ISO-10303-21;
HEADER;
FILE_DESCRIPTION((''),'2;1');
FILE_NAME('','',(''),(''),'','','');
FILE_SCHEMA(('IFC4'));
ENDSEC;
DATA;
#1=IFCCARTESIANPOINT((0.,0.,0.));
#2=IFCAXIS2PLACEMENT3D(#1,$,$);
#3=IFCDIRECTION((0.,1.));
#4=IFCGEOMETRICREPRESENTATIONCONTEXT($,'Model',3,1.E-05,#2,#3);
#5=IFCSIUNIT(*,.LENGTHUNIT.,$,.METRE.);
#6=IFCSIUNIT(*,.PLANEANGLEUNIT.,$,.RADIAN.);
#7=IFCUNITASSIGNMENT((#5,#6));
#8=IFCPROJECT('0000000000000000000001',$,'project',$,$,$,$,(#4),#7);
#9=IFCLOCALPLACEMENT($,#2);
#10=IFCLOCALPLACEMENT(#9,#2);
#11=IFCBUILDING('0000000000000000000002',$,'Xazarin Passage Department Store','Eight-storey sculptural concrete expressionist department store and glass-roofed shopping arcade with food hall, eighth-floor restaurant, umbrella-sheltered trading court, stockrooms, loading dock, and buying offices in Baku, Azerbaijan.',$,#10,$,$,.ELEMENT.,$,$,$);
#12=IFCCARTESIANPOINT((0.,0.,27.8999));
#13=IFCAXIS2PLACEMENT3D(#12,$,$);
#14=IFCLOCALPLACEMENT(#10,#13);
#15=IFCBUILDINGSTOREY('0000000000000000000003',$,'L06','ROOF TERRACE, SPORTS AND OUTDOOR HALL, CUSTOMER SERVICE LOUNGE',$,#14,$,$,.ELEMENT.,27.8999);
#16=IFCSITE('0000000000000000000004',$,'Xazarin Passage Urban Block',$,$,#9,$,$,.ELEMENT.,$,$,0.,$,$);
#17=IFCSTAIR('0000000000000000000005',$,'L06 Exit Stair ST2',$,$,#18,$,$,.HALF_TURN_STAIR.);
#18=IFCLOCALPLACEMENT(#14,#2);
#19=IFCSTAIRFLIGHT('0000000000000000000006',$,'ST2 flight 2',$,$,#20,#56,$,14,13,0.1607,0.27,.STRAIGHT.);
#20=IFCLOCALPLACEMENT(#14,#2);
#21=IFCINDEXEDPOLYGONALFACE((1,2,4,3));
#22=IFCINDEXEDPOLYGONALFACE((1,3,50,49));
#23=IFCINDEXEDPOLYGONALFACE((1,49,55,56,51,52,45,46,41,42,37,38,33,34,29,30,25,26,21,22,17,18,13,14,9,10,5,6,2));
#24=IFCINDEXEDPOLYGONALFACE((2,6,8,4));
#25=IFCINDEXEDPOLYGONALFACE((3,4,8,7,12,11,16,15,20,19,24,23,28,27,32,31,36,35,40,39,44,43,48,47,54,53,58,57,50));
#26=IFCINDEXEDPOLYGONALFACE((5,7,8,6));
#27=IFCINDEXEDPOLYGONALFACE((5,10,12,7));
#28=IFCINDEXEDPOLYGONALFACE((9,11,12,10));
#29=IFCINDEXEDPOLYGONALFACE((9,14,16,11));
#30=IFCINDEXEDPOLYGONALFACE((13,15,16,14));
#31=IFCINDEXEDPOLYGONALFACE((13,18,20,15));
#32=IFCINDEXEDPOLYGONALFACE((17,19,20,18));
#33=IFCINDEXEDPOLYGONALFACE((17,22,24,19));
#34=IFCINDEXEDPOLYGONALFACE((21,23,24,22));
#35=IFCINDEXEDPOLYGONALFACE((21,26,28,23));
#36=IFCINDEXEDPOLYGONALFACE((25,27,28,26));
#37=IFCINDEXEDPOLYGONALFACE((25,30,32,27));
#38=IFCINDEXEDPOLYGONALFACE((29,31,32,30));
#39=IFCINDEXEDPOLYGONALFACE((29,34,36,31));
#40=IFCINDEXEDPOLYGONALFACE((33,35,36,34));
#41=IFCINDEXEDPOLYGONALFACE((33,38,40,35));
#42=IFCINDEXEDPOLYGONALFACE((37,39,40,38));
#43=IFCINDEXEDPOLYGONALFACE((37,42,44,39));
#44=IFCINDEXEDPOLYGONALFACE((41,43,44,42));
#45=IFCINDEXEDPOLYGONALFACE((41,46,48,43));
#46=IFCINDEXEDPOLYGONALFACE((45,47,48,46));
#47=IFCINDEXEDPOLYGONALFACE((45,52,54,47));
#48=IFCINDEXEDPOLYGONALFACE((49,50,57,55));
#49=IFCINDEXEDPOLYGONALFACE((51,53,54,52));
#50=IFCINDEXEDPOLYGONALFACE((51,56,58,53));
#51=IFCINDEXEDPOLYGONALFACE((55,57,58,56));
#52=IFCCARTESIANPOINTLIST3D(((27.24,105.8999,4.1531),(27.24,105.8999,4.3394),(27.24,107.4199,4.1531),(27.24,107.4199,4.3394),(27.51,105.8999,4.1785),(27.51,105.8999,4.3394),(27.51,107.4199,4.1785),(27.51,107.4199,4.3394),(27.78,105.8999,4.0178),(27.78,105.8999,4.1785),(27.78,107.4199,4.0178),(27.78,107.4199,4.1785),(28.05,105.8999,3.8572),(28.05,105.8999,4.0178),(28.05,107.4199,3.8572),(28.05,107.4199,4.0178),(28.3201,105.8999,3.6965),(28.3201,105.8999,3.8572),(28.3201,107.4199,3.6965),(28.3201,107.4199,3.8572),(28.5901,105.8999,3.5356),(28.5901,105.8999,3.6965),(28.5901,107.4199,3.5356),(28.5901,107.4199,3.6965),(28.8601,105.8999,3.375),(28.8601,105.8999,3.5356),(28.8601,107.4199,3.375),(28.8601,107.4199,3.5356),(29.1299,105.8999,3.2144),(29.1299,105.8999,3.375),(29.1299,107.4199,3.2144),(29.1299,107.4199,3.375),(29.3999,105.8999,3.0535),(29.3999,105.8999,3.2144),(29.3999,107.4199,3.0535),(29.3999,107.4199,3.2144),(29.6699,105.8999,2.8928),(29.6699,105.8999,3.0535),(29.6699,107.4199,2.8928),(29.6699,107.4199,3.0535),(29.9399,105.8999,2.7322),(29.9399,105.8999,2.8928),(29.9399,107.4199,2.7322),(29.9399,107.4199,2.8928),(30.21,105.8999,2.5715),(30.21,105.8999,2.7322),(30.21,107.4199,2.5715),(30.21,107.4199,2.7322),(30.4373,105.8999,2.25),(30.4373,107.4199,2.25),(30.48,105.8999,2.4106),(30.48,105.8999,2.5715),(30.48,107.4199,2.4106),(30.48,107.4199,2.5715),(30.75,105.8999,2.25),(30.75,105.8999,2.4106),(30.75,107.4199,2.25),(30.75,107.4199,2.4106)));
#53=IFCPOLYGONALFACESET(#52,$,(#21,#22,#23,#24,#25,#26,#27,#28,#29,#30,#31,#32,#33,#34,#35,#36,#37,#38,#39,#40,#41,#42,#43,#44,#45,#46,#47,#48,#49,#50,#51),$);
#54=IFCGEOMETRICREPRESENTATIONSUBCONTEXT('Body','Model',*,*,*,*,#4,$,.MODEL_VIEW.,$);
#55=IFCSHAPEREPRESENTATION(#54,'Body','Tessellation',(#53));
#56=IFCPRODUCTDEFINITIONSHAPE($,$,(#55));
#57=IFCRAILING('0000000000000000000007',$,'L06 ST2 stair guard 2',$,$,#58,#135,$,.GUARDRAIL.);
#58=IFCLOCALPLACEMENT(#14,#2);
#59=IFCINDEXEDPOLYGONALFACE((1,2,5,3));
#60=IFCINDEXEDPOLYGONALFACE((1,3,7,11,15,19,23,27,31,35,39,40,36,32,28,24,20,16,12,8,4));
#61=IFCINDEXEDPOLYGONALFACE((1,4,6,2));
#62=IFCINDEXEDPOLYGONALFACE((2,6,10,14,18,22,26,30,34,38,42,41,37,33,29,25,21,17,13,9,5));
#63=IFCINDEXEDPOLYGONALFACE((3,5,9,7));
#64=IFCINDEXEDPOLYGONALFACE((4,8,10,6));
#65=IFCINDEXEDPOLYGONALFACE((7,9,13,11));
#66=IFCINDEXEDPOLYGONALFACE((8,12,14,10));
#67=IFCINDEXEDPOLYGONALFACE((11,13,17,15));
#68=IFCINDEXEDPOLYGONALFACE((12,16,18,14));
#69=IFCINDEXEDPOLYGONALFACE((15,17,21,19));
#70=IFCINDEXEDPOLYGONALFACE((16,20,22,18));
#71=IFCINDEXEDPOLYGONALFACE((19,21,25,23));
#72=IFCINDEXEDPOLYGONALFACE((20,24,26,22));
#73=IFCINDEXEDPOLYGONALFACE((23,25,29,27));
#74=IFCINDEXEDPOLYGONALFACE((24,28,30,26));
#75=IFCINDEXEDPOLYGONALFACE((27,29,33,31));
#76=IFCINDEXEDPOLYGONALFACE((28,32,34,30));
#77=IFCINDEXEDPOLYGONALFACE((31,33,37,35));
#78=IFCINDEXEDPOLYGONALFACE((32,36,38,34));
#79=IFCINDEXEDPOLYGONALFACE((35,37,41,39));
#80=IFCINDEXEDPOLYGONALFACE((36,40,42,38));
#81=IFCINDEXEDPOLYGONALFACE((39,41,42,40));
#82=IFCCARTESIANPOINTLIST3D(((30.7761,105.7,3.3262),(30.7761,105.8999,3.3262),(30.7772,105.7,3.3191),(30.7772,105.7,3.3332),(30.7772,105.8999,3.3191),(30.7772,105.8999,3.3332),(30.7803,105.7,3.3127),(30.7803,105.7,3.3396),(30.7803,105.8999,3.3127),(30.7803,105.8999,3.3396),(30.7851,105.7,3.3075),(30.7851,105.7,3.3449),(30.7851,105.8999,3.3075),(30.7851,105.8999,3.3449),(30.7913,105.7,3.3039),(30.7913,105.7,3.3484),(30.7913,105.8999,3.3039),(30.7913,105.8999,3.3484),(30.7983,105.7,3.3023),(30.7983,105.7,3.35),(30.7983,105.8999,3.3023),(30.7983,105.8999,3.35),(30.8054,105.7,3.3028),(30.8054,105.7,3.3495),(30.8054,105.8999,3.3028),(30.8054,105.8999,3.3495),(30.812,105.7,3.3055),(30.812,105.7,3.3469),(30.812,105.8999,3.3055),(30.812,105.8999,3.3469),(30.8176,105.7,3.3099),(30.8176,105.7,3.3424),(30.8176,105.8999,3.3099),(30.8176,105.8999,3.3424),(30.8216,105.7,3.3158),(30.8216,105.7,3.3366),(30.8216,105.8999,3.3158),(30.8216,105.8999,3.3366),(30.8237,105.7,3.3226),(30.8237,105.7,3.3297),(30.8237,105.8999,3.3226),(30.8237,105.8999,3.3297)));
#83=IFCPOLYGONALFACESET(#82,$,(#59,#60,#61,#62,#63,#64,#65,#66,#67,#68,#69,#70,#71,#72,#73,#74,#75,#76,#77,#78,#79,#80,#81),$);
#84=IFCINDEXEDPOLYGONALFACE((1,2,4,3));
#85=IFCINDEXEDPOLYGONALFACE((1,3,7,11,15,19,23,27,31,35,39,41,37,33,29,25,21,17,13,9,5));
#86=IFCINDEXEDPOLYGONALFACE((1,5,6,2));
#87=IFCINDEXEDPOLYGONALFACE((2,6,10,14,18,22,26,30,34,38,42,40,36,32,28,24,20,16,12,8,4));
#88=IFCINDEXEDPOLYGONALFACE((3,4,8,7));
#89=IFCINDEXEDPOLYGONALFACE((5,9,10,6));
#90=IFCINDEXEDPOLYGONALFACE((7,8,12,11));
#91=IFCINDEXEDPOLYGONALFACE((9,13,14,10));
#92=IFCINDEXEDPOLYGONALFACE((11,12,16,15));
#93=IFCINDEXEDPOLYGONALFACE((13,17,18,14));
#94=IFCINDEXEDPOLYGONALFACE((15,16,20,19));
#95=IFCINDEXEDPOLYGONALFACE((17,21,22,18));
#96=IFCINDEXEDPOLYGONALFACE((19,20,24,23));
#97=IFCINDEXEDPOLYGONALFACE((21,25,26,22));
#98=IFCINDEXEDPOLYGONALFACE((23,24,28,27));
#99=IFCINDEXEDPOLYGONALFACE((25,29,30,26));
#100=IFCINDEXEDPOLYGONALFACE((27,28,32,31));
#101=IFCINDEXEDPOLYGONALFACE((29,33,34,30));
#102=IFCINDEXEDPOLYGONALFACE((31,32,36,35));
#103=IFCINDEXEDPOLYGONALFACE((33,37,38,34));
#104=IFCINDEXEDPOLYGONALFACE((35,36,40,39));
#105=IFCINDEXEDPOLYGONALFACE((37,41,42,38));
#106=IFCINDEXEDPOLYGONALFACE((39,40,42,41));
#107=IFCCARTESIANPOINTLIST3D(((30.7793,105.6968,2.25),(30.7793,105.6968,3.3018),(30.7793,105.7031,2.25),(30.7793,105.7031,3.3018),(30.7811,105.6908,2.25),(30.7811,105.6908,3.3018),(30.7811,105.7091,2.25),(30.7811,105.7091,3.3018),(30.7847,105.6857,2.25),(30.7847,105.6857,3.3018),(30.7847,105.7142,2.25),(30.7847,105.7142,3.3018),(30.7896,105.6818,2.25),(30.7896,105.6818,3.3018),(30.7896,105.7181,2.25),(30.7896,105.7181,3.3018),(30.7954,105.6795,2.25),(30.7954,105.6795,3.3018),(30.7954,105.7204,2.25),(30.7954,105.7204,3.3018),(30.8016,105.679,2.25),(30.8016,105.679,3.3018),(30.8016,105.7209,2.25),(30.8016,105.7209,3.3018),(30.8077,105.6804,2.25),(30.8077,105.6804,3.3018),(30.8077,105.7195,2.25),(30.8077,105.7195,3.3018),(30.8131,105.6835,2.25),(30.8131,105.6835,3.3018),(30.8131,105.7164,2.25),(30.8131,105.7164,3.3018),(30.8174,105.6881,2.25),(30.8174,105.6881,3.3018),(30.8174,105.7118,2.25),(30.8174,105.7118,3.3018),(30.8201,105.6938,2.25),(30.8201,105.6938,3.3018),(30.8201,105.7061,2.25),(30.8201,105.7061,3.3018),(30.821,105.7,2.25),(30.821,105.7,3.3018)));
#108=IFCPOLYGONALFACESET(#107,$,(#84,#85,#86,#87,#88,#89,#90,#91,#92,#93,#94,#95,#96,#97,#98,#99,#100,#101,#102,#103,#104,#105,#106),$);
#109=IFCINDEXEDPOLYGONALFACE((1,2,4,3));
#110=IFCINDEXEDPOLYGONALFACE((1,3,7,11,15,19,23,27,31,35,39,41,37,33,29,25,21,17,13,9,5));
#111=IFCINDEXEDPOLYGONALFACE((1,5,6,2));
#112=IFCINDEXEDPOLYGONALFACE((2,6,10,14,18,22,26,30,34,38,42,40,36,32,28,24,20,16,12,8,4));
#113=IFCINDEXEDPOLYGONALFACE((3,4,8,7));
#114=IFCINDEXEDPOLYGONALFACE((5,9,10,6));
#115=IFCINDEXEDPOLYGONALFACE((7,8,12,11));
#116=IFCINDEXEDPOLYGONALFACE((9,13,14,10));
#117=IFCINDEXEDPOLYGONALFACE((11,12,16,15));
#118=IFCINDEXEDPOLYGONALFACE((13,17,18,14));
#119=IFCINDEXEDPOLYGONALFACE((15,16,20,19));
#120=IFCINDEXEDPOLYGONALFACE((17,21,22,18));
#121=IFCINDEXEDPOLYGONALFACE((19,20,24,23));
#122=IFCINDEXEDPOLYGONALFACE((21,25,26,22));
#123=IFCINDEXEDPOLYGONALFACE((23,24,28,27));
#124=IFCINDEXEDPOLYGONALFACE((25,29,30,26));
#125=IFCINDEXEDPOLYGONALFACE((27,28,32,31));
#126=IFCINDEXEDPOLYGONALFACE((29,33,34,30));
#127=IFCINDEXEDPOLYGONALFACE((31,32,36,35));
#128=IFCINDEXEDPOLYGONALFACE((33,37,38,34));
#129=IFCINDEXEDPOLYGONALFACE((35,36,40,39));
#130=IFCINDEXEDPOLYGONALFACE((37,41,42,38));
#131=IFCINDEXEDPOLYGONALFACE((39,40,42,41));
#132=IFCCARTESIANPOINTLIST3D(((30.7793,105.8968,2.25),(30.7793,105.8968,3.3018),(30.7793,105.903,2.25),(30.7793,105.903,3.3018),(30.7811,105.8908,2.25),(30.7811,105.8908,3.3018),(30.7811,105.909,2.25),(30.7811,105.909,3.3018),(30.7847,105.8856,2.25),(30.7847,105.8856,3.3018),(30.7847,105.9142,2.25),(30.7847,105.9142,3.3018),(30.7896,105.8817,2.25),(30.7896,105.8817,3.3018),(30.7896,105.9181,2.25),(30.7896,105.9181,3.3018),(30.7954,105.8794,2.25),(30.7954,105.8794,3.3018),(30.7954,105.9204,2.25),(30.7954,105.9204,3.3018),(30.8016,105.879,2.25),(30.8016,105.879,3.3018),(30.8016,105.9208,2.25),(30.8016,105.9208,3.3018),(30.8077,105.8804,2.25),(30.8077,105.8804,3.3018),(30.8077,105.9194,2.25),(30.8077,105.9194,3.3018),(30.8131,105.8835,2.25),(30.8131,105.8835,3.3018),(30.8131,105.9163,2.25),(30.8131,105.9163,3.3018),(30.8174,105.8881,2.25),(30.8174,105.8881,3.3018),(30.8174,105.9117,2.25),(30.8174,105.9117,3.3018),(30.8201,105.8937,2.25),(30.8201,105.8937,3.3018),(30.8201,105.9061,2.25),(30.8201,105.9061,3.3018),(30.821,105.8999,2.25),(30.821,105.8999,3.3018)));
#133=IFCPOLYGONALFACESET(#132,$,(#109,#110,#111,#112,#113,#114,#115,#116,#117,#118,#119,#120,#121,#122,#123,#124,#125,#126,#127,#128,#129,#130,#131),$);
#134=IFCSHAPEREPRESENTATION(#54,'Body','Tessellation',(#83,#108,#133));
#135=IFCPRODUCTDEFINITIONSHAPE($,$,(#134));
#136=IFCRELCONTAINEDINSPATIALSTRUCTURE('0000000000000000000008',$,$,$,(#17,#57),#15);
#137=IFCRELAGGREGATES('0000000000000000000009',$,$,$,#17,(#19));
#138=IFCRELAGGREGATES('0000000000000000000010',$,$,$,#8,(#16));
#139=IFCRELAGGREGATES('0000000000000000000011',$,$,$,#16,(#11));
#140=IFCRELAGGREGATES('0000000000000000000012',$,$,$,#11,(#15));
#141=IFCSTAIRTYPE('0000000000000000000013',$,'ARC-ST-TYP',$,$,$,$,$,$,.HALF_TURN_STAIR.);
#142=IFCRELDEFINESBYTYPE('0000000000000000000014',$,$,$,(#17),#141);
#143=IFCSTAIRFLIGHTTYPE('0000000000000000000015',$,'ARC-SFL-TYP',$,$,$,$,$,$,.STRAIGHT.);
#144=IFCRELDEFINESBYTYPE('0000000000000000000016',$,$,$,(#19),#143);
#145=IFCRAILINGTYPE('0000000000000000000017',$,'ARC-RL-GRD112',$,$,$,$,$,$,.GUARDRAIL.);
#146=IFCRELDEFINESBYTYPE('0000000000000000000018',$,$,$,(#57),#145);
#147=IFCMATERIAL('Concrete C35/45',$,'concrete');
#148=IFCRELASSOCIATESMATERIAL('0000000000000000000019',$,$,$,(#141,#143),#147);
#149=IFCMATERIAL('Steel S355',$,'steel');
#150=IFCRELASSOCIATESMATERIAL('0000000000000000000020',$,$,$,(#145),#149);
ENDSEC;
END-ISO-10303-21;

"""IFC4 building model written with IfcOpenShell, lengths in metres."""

from ifc_helpers import new_model, si_unit, direction, frame, origin, origin_2d, place, context, subcontext, project, spatial, polyline, circle, outline, extrude, material, type_object, element, aggregate, save


model = new_model("IFC4")

# Units and contexts
model_context = context("Model", 3, precision=1e-05, world=origin(), true_north=direction((0.0, 1.0)))
body_context = subcontext(model_context, "Body", "Model", "MODEL_VIEW")
ifc_project = project(units=[si_unit("LENGTHUNIT", "METRE"), si_unit("PLANEANGLEUNIT", "RADIAN")], contexts=[model_context])

# Site, building, storey
site_placement = place(None, origin())
site = spatial("IfcSite", under=ifc_project, at=site_placement, Name="Xazarin Passage Urban Block", CompositionType="ELEMENT", RefElevation=0.0)
building_placement = place(site_placement, origin())
building = spatial("IfcBuilding", under=site, at=building_placement, Name="Xazarin Passage Department Store", Description="Eight-storey sculptural concrete expressionist department store and glass-roofed shopping arcade with food hall, eighth-floor restaurant, umbrella-sheltered trading court, stockrooms, loading dock, and buying offices in Baku, Azerbaijan.", CompositionType="ELEMENT")
storey_placement = place(building_placement, frame((0.0, 0.0, 27.8999)))
storey = spatial("IfcBuildingStorey", under=building, at=storey_placement, Name="L06", Description="ROOF TERRACE, SPORTS AND OUTDOOR HALL, CUSTOMER SERVICE LOUNGE", CompositionType="ELEMENT", Elevation=27.8999)

# Shared definitions
ifc_material_1 = material(Name="Concrete C35/45", Category="concrete")

# Stair, stair flight
stair_type = type_object("IfcStairType", Name="ARC-ST-TYP", PredefinedType="HALF_TURN_STAIR", material=ifc_material_1)
stair_placement = place(storey_placement, origin())
stair = element("IfcStair", 1, at=stair_placement, inside=storey, type_object=stair_type, Name="L06 Exit Stair ST2", PredefinedType="HALF_TURN_STAIR")
stair_flight_type = type_object("IfcStairFlightType", Name="ARC-SFL-TYP", PredefinedType="STRAIGHT", material=ifc_material_1)
stair_flight_placement = place(storey_placement, frame((30.75, 106.6599, 2.25), z_axis=(0.0, 0.0, 1.0), x_axis=(-1.0, 0.0, 0.0)))
stair_flight = element("IfcStairFlight", 2, at=stair_flight_placement, type_object=stair_flight_type, Name="ST2 flight 2", NumberOfRisers=14, NumberOfTreads=13, PredefinedType="STRAIGHT", RiserHeight=0.1607, TreadLength=0.27, context=body_context, shape_type="SweptSolid", body=[
    extrude(outline(polyline([(0.0, 0.0), (0.0, 0.1606), (0.27, 0.1606), (0.27, 0.3215), (0.54, 0.3215), (0.54, 0.4822), (0.8101, 0.4822), (0.8101, 0.6428), (1.0801, 0.6428), (1.0801, 0.8035), (1.3501, 0.8035), (1.3501, 0.9644), (1.6201, 0.9644), (1.6201, 1.125), (1.8899, 1.125), (1.8899, 1.2856), (2.1599, 1.2856), (2.1599, 1.4465), (2.4299, 1.4465), (2.4299, 1.6072), (2.7, 1.6072), (2.7, 1.7678), (2.97, 1.7678), (2.97, 1.9285), (3.24, 1.9285), (3.24, 2.0894), (3.51, 2.0894), (3.51, 2.25), (3.51, 1.9031), (0.3127, 0.0), (0.0, 0.0)])), frame((0.0, 0.76, 0.0), z_axis=(0.0, -1.0, 0.0), x_axis=(1.0, 0.0, 0.0)), (0.0, 0.0, 1.0), 1.52),
])
aggregate(stair, [stair_flight])

# Railing
ifc_material_2 = material(Name="Steel S355", Category="steel")
railing_type_1 = type_object("IfcRailingType", Name="ARC-RL-GRD112", PredefinedType="GUARDRAIL", material=ifc_material_2)
railing_1_placement = place(storey_placement, frame((30.8, 105.7, 2.25)))
element("IfcRailing", 3, at=railing_1_placement, inside=storey, type_object=railing_type_1, Name="L06 ST2 stair guard 2", PredefinedType="GUARDRAIL", context=body_context, shape_type="SweptSolid", body=[
    extrude(circle(Radius=0.0239, at=origin_2d()), frame((0.0, 0.0, 1.0762), z_axis=(0.0, 1.0, 0.0), x_axis=(-1.0, 0.0, 0.0)), (0.0, 0.0, 1.0), 0.2),
    extrude(circle(Radius=0.021, at=origin_2d()), origin(), (0.0, 0.0, 1.0), 1.0518),
    extrude(circle(Radius=0.021, at=origin_2d()), frame((0.0, 0.2, 0.0)), (0.0, 0.0, 1.0), 1.0518),
])

save(model, "model.ifc")
